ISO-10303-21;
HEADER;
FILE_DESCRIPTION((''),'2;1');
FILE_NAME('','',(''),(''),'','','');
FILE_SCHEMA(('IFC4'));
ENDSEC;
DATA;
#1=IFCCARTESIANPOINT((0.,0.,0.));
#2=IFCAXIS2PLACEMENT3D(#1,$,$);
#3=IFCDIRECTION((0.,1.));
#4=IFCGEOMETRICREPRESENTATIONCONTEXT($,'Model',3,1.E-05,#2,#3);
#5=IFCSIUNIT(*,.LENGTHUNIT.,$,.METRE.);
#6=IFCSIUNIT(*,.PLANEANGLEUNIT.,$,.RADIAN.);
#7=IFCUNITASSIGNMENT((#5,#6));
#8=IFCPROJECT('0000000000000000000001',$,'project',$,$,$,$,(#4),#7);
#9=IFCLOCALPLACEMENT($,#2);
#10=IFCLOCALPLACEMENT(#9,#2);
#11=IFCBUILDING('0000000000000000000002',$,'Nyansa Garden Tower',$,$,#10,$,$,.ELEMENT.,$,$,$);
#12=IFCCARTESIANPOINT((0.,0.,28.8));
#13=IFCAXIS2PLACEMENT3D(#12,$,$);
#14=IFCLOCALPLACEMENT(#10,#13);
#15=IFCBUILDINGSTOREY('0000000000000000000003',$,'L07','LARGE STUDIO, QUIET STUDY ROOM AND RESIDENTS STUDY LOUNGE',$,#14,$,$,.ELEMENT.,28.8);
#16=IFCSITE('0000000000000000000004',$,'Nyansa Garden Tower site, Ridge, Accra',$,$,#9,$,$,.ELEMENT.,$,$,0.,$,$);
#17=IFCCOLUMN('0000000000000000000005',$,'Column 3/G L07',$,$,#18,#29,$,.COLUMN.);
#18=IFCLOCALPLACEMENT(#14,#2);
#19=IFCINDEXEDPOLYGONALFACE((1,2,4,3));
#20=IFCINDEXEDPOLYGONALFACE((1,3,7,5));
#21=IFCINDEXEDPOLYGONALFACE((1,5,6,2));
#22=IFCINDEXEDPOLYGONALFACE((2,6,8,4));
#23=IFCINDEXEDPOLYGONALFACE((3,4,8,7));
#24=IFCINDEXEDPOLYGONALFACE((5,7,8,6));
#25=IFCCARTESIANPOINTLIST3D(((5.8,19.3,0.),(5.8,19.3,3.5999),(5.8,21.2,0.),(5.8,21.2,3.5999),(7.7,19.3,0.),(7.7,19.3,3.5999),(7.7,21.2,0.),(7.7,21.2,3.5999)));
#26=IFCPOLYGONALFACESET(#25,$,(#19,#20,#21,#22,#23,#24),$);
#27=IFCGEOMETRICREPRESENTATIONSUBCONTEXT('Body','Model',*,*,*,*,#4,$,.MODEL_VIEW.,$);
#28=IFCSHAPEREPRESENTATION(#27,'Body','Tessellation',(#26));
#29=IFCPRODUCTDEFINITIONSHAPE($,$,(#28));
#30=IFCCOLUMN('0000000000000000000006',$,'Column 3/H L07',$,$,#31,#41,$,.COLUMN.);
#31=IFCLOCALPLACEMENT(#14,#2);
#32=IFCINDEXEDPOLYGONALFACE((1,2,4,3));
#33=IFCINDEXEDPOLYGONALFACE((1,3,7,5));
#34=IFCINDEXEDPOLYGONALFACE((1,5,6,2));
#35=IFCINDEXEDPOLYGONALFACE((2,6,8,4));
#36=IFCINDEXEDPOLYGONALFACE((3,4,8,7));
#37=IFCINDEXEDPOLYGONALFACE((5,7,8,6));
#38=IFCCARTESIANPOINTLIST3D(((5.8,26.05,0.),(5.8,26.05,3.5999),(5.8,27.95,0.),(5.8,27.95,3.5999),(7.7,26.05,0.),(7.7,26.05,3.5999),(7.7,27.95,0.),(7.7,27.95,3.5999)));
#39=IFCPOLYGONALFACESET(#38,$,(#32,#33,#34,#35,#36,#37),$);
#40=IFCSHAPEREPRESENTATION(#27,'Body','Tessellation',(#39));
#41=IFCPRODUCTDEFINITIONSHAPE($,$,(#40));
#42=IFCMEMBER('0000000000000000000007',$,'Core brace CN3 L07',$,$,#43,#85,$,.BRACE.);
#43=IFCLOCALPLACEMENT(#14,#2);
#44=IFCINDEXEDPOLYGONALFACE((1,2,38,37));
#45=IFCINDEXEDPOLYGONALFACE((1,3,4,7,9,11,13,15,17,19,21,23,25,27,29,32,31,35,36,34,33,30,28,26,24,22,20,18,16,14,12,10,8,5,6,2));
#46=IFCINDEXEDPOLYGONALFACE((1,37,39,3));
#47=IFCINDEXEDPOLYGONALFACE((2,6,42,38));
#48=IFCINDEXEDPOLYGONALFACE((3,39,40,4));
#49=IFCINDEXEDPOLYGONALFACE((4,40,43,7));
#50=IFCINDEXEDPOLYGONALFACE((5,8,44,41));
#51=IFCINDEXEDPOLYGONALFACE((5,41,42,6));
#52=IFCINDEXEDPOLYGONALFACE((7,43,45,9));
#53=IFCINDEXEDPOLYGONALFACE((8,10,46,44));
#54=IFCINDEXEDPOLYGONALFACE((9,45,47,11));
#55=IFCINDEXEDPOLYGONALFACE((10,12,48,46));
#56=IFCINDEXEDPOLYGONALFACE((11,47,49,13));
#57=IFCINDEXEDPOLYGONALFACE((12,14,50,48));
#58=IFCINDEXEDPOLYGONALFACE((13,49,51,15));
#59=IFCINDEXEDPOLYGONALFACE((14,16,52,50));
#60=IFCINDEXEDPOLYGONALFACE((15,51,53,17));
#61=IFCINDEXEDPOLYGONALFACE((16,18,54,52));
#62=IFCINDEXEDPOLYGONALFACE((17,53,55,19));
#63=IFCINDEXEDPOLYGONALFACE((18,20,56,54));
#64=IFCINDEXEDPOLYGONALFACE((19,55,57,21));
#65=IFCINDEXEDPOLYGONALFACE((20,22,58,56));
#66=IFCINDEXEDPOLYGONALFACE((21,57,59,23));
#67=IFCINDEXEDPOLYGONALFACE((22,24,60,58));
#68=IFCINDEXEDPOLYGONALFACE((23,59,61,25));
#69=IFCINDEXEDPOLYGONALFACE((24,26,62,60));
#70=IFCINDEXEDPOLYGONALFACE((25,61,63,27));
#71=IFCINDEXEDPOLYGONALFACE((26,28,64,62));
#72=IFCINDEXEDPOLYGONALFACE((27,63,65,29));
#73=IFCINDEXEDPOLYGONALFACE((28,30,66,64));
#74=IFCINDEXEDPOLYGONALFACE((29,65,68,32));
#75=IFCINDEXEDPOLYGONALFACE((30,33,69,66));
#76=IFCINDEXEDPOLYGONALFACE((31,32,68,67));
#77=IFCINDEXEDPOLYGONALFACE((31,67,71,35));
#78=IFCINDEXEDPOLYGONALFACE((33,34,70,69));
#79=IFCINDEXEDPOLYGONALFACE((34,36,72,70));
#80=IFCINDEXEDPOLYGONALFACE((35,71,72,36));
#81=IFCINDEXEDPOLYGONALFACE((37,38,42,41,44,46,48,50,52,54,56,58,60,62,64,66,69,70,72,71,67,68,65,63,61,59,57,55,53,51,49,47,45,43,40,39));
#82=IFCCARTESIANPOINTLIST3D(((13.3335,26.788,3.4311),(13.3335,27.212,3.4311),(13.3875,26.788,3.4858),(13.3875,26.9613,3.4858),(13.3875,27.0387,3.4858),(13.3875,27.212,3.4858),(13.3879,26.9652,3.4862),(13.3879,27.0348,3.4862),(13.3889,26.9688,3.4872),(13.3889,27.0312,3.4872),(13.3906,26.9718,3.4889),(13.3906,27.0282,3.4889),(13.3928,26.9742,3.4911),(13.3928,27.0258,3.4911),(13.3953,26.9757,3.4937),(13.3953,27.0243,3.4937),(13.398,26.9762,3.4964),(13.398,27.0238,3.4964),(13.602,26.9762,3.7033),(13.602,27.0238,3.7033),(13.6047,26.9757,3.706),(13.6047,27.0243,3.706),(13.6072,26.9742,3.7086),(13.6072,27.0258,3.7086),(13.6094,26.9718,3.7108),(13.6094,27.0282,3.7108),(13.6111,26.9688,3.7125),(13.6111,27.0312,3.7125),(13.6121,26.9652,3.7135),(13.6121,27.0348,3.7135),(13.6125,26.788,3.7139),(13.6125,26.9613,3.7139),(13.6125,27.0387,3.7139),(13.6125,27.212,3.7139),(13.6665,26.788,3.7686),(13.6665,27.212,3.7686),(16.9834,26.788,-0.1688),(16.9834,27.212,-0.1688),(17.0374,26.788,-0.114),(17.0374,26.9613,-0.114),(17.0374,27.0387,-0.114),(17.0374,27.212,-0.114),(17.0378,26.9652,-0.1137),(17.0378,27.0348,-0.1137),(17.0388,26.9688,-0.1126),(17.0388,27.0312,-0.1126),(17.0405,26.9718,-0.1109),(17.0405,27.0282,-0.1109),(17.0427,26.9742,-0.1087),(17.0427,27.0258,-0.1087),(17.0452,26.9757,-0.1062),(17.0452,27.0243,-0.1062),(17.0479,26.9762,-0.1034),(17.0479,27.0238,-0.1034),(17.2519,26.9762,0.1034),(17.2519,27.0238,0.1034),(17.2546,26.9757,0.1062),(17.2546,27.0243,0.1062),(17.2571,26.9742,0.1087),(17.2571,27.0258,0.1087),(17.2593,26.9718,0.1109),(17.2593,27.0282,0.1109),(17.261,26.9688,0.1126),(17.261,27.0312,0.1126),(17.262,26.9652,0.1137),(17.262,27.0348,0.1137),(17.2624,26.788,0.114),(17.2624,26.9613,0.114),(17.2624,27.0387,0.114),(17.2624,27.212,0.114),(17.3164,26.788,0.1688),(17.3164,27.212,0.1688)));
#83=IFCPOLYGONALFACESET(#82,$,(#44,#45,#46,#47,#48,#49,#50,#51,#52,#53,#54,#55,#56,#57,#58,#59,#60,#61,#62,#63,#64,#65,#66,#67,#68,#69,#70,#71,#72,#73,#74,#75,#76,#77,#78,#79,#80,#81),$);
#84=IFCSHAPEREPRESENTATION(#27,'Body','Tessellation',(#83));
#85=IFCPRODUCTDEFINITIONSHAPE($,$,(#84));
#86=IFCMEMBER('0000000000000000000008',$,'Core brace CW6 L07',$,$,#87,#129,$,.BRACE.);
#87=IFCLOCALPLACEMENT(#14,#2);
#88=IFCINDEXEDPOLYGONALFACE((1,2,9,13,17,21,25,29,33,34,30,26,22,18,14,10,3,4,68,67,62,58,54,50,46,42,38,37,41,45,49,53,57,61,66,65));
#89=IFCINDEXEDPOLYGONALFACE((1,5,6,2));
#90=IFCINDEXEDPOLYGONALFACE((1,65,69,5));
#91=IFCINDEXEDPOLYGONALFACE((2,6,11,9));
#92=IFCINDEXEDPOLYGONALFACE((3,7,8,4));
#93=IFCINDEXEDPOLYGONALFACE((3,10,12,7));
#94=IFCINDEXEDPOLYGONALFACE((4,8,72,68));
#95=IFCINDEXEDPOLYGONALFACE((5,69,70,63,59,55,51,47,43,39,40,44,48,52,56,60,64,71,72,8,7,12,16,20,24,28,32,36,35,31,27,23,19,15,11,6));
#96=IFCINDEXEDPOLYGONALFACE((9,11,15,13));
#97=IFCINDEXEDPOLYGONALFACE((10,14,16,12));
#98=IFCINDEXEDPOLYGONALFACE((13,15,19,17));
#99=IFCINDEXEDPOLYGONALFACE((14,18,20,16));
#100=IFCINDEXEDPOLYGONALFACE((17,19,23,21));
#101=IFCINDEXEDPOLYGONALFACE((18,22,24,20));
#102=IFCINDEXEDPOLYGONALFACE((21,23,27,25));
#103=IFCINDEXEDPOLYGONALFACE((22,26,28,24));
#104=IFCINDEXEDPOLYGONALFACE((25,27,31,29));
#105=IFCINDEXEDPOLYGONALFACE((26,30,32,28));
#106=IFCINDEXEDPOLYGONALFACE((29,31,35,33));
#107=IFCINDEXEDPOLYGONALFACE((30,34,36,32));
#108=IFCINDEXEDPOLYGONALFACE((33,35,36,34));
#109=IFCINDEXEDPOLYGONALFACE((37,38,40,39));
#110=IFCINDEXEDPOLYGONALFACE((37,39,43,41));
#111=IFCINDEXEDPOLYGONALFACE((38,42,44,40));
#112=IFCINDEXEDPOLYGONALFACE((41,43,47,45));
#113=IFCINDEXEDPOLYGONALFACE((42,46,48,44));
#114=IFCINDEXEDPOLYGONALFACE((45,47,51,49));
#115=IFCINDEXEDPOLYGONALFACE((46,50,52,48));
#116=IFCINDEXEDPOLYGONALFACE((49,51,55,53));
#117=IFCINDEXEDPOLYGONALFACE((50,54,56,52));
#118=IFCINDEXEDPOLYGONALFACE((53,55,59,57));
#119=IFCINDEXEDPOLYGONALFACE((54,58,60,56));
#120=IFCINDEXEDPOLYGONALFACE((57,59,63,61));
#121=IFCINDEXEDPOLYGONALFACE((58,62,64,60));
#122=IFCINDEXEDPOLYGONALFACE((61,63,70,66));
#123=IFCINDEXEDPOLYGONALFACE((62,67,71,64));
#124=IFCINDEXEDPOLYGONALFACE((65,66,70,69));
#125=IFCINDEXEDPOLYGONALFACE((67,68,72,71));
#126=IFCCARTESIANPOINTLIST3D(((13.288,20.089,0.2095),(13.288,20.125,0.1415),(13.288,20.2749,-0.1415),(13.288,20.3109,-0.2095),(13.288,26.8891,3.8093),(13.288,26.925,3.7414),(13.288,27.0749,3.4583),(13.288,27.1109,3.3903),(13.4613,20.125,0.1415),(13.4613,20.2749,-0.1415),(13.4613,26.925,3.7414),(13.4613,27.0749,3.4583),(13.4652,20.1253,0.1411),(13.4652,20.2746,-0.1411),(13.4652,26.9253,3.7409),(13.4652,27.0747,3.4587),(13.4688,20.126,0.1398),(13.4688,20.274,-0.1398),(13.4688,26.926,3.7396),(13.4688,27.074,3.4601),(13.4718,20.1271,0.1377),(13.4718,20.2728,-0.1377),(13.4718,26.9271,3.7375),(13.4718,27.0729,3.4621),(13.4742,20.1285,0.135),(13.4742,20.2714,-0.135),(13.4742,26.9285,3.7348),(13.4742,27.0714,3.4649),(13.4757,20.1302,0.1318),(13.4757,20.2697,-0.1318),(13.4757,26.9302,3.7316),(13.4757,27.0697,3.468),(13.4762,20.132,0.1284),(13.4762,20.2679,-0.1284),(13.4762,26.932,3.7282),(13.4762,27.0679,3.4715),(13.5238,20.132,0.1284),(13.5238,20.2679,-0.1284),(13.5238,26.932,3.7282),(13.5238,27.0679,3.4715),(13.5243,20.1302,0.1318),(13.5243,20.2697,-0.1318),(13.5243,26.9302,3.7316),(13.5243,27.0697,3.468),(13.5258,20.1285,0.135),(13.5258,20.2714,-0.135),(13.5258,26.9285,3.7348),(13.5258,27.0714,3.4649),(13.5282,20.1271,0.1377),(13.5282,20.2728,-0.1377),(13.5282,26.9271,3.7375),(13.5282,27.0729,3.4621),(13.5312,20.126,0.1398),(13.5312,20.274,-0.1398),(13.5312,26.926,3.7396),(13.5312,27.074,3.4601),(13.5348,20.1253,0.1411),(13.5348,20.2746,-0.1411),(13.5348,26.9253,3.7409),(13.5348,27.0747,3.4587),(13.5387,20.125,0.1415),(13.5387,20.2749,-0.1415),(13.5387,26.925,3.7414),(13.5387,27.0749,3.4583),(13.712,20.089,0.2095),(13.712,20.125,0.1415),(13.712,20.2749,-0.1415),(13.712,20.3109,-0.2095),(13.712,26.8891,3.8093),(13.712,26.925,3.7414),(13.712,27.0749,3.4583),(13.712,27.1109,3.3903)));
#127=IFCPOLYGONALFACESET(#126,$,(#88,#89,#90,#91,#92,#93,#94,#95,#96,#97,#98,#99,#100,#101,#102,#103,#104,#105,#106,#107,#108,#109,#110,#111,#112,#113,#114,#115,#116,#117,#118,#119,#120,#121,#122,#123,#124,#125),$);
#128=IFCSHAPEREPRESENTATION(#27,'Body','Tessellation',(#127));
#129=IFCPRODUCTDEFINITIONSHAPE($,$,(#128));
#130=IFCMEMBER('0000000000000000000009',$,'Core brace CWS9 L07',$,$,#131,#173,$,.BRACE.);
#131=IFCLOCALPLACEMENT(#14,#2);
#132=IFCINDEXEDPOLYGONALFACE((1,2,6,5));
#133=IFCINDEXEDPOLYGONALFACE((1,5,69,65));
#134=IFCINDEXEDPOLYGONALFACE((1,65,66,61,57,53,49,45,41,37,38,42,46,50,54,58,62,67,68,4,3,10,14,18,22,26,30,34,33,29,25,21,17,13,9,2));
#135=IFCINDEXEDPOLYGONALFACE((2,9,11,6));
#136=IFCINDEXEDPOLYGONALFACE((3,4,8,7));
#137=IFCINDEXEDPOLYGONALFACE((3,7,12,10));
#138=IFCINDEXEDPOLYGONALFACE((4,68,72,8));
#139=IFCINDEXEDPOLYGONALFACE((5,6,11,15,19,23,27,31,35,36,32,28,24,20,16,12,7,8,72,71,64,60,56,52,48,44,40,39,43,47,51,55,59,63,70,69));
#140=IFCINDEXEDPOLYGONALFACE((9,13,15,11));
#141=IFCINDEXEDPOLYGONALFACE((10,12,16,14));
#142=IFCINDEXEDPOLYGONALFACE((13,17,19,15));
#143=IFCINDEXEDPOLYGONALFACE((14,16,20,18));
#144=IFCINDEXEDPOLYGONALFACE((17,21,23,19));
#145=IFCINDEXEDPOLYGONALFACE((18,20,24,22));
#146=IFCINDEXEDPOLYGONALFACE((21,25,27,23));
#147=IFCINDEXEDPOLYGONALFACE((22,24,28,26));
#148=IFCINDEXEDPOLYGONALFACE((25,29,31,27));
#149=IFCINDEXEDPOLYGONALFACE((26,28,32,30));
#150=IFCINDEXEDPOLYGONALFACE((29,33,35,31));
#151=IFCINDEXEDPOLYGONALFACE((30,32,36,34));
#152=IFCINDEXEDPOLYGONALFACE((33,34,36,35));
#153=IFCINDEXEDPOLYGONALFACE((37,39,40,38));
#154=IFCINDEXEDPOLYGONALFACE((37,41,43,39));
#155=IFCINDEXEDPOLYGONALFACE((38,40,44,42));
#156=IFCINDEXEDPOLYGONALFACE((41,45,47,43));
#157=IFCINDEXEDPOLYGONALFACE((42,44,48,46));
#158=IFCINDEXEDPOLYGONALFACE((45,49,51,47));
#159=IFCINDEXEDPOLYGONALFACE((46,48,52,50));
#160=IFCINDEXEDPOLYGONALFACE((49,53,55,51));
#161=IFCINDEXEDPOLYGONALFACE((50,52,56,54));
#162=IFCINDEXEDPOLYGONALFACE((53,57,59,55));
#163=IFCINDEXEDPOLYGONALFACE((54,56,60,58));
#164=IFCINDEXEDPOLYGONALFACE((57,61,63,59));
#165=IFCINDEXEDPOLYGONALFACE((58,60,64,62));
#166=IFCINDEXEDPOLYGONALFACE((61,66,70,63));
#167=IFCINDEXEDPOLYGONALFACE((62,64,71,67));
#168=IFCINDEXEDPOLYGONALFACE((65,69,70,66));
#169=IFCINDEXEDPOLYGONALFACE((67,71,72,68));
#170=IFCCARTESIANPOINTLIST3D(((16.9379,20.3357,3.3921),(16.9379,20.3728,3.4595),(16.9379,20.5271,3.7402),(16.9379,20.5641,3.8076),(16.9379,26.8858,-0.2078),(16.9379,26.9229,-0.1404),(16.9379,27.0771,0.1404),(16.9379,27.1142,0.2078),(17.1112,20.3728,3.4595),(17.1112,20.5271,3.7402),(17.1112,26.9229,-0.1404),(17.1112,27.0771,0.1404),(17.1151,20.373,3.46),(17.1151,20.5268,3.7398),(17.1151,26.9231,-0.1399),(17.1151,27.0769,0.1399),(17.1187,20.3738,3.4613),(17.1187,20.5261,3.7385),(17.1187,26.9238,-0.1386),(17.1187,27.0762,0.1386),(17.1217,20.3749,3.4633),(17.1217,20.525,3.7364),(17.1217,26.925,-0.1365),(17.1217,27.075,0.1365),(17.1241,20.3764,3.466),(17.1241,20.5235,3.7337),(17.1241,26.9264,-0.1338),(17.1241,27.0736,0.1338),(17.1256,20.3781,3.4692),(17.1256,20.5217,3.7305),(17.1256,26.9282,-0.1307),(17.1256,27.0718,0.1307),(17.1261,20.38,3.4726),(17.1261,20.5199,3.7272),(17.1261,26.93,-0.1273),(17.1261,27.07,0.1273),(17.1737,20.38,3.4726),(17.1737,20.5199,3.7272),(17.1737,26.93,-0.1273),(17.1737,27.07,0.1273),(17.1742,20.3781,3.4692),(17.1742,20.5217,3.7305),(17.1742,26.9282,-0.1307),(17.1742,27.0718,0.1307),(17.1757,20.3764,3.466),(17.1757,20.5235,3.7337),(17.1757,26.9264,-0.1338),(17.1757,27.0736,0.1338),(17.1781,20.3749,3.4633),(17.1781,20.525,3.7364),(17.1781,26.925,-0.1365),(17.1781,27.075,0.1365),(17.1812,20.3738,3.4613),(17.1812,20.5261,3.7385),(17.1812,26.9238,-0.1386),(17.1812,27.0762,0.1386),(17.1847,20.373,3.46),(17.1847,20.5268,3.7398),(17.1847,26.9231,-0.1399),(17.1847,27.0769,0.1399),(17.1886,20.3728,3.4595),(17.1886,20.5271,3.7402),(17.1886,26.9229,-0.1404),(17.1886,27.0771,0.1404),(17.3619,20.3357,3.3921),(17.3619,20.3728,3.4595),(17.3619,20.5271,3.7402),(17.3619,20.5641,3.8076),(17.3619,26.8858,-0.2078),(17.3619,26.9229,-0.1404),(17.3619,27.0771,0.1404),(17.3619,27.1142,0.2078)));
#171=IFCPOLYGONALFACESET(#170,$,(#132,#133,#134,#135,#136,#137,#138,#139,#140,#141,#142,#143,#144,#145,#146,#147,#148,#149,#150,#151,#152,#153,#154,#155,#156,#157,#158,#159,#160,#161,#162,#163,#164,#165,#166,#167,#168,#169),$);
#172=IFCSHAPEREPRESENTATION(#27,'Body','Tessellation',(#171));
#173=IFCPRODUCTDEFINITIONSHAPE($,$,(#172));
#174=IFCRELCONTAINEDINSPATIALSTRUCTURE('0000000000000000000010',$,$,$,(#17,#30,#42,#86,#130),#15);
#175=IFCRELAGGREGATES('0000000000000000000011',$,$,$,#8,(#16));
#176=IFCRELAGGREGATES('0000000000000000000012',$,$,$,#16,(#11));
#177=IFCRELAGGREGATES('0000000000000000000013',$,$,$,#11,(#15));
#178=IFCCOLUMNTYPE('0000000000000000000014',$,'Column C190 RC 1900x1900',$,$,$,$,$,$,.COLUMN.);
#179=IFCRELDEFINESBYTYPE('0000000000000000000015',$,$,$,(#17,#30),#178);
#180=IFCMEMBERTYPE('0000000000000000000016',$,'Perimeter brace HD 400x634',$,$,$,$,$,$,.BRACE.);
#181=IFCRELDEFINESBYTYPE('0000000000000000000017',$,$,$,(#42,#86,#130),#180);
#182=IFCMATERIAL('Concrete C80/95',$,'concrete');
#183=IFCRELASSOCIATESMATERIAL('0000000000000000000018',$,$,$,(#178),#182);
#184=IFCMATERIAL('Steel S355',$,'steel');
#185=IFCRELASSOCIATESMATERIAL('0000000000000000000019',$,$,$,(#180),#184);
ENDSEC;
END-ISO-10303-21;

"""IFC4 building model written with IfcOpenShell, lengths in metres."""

from ifc_helpers import new_model, si_unit, direction, frame, origin, origin_2d, place, context, subcontext, project, spatial, rectangle, i_section, extrude, material, material_profile, profile_set, type_object, element, save


model = new_model("IFC4")

# Units and contexts
model_context = context("Model", 3, precision=1e-05, world=origin(), true_north=direction((0.0, 1.0)))
body_context = subcontext(model_context, "Body", "Model", "MODEL_VIEW")
ifc_project = project(units=[si_unit("LENGTHUNIT", "METRE"), si_unit("PLANEANGLEUNIT", "RADIAN")], contexts=[model_context])

# Site, building, storey
site_placement = place(None, origin())
site = spatial("IfcSite", under=ifc_project, at=site_placement, Name="Nyansa Garden Tower site, Ridge, Accra", CompositionType="ELEMENT", RefElevation=0.0)
building_placement = place(site_placement, origin())
building = spatial("IfcBuilding", under=site, at=building_placement, Name="Nyansa Garden Tower", CompositionType="ELEMENT")
storey_placement = place(building_placement, frame((0.0, 0.0, 28.8)))
storey = spatial("IfcBuildingStorey", under=building, at=storey_placement, Name="L07", Description="LARGE STUDIO, QUIET STUDY ROOM AND RESIDENTS STUDY LOUNGE", CompositionType="ELEMENT", Elevation=28.8)

# Columns
ifc_material_1 = material(Name="Concrete C80/95", Category="concrete")
ifc_material_profile_1 = material_profile(ifc_material_1, rectangle(XDim=1.8999, YDim=1.8999, at=origin_2d()), Name="RC 1900x1900")
ifc_profile_set_1 = profile_set([ifc_material_profile_1], Name="Concrete C80/95")
column_type = type_object("IfcColumnType", Name="Column C190 RC 1900x1900", PredefinedType="COLUMN", material=ifc_profile_set_1)
for number, where, z_axis, x_axis, name in (
    (1, (6.75, 20.25, 0.0), (0.0, 0.0, 1.0), (1.0, 0.0, 0.0), "Column 3/G L07"),
    (2, (6.75, 27.0, 0.0), (0.0, 0.0, 1.0), (1.0, 0.0, 0.0), "Column 3/H L07"),
):
    element("IfcColumn", number, at=place(storey_placement, frame(where, z_axis=z_axis, x_axis=x_axis)), inside=storey, type_object=column_type, Name=name, PredefinedType="COLUMN", context=body_context, shape_type="SweptSolid", body=[
        extrude(rectangle(XDim=1.8999, YDim=1.8999, at=origin_2d()), origin(), (0.0, 0.0, 1.0), 3.5999),
    ])

# Members
ifc_material_2 = material(Name="Steel S355", Category="steel")
ifc_material_profile_2 = material_profile(ifc_material_2, i_section(OverallWidth=0.4241, OverallDepth=0.4741, WebThickness=0.0476, FlangeThickness=0.0769, FilletRadius=0.0149, at=origin_2d()), Name="HD 400x634")
ifc_profile_set_2 = profile_set([ifc_material_profile_2], Name="Steel S355")
member_type = type_object("IfcMemberType", Name="Perimeter brace HD 400x634", PredefinedType="BRACE", material=ifc_profile_set_2)
member_1_placement = place(storey_placement, frame((17.1499, 27.0, 0.0), z_axis=(-0.711971, 0.0, 0.702209), x_axis=(0.0, -1.0, 0.0)))
element("IfcMember", 3, at=member_1_placement, inside=storey, type_object=member_type, Name="Core brace CN3 L07", PredefinedType="BRACE", context=body_context, shape_type="SweptSolid", body=[
    extrude(i_section(OverallWidth=0.4241, OverallDepth=0.4741, WebThickness=0.0476, FlangeThickness=0.0769, FilletRadius=0.0149, at=origin_2d()), origin(), (0.0, 0.0, 1.0), 5.1265),
])
member_2_placement = place(storey_placement, frame((13.5, 20.2, 0.0), z_axis=(0.0, 0.883797, 0.46787), x_axis=(-1.0, 0.0, 0.0)))
element("IfcMember", 4, at=member_2_placement, inside=storey, type_object=member_type, Name="Core brace CW6 L07", PredefinedType="BRACE", context=body_context, shape_type="SweptSolid", body=[
    extrude(i_section(OverallWidth=0.4241, OverallDepth=0.4741, WebThickness=0.0476, FlangeThickness=0.0769, FilletRadius=0.0149, at=origin_2d()), origin(), (0.0, 0.0, 1.0), 7.6941),
])
member_3_placement = place(storey_placement, frame((17.1499, 27.0, 0.0), z_axis=(0.0, -0.876367, 0.481644), x_axis=(1.0, 0.0, 0.0)))
element("IfcMember", 5, at=member_3_placement, inside=storey, type_object=member_type, Name="Core brace CWS9 L07", PredefinedType="BRACE", context=body_context, shape_type="SweptSolid", body=[
    extrude(i_section(OverallWidth=0.4241, OverallDepth=0.4741, WebThickness=0.0476, FlangeThickness=0.0769, FilletRadius=0.0149, at=origin_2d()), origin(), (0.0, 0.0, 1.0), 7.4741),
])

save(model, "model.ifc")
